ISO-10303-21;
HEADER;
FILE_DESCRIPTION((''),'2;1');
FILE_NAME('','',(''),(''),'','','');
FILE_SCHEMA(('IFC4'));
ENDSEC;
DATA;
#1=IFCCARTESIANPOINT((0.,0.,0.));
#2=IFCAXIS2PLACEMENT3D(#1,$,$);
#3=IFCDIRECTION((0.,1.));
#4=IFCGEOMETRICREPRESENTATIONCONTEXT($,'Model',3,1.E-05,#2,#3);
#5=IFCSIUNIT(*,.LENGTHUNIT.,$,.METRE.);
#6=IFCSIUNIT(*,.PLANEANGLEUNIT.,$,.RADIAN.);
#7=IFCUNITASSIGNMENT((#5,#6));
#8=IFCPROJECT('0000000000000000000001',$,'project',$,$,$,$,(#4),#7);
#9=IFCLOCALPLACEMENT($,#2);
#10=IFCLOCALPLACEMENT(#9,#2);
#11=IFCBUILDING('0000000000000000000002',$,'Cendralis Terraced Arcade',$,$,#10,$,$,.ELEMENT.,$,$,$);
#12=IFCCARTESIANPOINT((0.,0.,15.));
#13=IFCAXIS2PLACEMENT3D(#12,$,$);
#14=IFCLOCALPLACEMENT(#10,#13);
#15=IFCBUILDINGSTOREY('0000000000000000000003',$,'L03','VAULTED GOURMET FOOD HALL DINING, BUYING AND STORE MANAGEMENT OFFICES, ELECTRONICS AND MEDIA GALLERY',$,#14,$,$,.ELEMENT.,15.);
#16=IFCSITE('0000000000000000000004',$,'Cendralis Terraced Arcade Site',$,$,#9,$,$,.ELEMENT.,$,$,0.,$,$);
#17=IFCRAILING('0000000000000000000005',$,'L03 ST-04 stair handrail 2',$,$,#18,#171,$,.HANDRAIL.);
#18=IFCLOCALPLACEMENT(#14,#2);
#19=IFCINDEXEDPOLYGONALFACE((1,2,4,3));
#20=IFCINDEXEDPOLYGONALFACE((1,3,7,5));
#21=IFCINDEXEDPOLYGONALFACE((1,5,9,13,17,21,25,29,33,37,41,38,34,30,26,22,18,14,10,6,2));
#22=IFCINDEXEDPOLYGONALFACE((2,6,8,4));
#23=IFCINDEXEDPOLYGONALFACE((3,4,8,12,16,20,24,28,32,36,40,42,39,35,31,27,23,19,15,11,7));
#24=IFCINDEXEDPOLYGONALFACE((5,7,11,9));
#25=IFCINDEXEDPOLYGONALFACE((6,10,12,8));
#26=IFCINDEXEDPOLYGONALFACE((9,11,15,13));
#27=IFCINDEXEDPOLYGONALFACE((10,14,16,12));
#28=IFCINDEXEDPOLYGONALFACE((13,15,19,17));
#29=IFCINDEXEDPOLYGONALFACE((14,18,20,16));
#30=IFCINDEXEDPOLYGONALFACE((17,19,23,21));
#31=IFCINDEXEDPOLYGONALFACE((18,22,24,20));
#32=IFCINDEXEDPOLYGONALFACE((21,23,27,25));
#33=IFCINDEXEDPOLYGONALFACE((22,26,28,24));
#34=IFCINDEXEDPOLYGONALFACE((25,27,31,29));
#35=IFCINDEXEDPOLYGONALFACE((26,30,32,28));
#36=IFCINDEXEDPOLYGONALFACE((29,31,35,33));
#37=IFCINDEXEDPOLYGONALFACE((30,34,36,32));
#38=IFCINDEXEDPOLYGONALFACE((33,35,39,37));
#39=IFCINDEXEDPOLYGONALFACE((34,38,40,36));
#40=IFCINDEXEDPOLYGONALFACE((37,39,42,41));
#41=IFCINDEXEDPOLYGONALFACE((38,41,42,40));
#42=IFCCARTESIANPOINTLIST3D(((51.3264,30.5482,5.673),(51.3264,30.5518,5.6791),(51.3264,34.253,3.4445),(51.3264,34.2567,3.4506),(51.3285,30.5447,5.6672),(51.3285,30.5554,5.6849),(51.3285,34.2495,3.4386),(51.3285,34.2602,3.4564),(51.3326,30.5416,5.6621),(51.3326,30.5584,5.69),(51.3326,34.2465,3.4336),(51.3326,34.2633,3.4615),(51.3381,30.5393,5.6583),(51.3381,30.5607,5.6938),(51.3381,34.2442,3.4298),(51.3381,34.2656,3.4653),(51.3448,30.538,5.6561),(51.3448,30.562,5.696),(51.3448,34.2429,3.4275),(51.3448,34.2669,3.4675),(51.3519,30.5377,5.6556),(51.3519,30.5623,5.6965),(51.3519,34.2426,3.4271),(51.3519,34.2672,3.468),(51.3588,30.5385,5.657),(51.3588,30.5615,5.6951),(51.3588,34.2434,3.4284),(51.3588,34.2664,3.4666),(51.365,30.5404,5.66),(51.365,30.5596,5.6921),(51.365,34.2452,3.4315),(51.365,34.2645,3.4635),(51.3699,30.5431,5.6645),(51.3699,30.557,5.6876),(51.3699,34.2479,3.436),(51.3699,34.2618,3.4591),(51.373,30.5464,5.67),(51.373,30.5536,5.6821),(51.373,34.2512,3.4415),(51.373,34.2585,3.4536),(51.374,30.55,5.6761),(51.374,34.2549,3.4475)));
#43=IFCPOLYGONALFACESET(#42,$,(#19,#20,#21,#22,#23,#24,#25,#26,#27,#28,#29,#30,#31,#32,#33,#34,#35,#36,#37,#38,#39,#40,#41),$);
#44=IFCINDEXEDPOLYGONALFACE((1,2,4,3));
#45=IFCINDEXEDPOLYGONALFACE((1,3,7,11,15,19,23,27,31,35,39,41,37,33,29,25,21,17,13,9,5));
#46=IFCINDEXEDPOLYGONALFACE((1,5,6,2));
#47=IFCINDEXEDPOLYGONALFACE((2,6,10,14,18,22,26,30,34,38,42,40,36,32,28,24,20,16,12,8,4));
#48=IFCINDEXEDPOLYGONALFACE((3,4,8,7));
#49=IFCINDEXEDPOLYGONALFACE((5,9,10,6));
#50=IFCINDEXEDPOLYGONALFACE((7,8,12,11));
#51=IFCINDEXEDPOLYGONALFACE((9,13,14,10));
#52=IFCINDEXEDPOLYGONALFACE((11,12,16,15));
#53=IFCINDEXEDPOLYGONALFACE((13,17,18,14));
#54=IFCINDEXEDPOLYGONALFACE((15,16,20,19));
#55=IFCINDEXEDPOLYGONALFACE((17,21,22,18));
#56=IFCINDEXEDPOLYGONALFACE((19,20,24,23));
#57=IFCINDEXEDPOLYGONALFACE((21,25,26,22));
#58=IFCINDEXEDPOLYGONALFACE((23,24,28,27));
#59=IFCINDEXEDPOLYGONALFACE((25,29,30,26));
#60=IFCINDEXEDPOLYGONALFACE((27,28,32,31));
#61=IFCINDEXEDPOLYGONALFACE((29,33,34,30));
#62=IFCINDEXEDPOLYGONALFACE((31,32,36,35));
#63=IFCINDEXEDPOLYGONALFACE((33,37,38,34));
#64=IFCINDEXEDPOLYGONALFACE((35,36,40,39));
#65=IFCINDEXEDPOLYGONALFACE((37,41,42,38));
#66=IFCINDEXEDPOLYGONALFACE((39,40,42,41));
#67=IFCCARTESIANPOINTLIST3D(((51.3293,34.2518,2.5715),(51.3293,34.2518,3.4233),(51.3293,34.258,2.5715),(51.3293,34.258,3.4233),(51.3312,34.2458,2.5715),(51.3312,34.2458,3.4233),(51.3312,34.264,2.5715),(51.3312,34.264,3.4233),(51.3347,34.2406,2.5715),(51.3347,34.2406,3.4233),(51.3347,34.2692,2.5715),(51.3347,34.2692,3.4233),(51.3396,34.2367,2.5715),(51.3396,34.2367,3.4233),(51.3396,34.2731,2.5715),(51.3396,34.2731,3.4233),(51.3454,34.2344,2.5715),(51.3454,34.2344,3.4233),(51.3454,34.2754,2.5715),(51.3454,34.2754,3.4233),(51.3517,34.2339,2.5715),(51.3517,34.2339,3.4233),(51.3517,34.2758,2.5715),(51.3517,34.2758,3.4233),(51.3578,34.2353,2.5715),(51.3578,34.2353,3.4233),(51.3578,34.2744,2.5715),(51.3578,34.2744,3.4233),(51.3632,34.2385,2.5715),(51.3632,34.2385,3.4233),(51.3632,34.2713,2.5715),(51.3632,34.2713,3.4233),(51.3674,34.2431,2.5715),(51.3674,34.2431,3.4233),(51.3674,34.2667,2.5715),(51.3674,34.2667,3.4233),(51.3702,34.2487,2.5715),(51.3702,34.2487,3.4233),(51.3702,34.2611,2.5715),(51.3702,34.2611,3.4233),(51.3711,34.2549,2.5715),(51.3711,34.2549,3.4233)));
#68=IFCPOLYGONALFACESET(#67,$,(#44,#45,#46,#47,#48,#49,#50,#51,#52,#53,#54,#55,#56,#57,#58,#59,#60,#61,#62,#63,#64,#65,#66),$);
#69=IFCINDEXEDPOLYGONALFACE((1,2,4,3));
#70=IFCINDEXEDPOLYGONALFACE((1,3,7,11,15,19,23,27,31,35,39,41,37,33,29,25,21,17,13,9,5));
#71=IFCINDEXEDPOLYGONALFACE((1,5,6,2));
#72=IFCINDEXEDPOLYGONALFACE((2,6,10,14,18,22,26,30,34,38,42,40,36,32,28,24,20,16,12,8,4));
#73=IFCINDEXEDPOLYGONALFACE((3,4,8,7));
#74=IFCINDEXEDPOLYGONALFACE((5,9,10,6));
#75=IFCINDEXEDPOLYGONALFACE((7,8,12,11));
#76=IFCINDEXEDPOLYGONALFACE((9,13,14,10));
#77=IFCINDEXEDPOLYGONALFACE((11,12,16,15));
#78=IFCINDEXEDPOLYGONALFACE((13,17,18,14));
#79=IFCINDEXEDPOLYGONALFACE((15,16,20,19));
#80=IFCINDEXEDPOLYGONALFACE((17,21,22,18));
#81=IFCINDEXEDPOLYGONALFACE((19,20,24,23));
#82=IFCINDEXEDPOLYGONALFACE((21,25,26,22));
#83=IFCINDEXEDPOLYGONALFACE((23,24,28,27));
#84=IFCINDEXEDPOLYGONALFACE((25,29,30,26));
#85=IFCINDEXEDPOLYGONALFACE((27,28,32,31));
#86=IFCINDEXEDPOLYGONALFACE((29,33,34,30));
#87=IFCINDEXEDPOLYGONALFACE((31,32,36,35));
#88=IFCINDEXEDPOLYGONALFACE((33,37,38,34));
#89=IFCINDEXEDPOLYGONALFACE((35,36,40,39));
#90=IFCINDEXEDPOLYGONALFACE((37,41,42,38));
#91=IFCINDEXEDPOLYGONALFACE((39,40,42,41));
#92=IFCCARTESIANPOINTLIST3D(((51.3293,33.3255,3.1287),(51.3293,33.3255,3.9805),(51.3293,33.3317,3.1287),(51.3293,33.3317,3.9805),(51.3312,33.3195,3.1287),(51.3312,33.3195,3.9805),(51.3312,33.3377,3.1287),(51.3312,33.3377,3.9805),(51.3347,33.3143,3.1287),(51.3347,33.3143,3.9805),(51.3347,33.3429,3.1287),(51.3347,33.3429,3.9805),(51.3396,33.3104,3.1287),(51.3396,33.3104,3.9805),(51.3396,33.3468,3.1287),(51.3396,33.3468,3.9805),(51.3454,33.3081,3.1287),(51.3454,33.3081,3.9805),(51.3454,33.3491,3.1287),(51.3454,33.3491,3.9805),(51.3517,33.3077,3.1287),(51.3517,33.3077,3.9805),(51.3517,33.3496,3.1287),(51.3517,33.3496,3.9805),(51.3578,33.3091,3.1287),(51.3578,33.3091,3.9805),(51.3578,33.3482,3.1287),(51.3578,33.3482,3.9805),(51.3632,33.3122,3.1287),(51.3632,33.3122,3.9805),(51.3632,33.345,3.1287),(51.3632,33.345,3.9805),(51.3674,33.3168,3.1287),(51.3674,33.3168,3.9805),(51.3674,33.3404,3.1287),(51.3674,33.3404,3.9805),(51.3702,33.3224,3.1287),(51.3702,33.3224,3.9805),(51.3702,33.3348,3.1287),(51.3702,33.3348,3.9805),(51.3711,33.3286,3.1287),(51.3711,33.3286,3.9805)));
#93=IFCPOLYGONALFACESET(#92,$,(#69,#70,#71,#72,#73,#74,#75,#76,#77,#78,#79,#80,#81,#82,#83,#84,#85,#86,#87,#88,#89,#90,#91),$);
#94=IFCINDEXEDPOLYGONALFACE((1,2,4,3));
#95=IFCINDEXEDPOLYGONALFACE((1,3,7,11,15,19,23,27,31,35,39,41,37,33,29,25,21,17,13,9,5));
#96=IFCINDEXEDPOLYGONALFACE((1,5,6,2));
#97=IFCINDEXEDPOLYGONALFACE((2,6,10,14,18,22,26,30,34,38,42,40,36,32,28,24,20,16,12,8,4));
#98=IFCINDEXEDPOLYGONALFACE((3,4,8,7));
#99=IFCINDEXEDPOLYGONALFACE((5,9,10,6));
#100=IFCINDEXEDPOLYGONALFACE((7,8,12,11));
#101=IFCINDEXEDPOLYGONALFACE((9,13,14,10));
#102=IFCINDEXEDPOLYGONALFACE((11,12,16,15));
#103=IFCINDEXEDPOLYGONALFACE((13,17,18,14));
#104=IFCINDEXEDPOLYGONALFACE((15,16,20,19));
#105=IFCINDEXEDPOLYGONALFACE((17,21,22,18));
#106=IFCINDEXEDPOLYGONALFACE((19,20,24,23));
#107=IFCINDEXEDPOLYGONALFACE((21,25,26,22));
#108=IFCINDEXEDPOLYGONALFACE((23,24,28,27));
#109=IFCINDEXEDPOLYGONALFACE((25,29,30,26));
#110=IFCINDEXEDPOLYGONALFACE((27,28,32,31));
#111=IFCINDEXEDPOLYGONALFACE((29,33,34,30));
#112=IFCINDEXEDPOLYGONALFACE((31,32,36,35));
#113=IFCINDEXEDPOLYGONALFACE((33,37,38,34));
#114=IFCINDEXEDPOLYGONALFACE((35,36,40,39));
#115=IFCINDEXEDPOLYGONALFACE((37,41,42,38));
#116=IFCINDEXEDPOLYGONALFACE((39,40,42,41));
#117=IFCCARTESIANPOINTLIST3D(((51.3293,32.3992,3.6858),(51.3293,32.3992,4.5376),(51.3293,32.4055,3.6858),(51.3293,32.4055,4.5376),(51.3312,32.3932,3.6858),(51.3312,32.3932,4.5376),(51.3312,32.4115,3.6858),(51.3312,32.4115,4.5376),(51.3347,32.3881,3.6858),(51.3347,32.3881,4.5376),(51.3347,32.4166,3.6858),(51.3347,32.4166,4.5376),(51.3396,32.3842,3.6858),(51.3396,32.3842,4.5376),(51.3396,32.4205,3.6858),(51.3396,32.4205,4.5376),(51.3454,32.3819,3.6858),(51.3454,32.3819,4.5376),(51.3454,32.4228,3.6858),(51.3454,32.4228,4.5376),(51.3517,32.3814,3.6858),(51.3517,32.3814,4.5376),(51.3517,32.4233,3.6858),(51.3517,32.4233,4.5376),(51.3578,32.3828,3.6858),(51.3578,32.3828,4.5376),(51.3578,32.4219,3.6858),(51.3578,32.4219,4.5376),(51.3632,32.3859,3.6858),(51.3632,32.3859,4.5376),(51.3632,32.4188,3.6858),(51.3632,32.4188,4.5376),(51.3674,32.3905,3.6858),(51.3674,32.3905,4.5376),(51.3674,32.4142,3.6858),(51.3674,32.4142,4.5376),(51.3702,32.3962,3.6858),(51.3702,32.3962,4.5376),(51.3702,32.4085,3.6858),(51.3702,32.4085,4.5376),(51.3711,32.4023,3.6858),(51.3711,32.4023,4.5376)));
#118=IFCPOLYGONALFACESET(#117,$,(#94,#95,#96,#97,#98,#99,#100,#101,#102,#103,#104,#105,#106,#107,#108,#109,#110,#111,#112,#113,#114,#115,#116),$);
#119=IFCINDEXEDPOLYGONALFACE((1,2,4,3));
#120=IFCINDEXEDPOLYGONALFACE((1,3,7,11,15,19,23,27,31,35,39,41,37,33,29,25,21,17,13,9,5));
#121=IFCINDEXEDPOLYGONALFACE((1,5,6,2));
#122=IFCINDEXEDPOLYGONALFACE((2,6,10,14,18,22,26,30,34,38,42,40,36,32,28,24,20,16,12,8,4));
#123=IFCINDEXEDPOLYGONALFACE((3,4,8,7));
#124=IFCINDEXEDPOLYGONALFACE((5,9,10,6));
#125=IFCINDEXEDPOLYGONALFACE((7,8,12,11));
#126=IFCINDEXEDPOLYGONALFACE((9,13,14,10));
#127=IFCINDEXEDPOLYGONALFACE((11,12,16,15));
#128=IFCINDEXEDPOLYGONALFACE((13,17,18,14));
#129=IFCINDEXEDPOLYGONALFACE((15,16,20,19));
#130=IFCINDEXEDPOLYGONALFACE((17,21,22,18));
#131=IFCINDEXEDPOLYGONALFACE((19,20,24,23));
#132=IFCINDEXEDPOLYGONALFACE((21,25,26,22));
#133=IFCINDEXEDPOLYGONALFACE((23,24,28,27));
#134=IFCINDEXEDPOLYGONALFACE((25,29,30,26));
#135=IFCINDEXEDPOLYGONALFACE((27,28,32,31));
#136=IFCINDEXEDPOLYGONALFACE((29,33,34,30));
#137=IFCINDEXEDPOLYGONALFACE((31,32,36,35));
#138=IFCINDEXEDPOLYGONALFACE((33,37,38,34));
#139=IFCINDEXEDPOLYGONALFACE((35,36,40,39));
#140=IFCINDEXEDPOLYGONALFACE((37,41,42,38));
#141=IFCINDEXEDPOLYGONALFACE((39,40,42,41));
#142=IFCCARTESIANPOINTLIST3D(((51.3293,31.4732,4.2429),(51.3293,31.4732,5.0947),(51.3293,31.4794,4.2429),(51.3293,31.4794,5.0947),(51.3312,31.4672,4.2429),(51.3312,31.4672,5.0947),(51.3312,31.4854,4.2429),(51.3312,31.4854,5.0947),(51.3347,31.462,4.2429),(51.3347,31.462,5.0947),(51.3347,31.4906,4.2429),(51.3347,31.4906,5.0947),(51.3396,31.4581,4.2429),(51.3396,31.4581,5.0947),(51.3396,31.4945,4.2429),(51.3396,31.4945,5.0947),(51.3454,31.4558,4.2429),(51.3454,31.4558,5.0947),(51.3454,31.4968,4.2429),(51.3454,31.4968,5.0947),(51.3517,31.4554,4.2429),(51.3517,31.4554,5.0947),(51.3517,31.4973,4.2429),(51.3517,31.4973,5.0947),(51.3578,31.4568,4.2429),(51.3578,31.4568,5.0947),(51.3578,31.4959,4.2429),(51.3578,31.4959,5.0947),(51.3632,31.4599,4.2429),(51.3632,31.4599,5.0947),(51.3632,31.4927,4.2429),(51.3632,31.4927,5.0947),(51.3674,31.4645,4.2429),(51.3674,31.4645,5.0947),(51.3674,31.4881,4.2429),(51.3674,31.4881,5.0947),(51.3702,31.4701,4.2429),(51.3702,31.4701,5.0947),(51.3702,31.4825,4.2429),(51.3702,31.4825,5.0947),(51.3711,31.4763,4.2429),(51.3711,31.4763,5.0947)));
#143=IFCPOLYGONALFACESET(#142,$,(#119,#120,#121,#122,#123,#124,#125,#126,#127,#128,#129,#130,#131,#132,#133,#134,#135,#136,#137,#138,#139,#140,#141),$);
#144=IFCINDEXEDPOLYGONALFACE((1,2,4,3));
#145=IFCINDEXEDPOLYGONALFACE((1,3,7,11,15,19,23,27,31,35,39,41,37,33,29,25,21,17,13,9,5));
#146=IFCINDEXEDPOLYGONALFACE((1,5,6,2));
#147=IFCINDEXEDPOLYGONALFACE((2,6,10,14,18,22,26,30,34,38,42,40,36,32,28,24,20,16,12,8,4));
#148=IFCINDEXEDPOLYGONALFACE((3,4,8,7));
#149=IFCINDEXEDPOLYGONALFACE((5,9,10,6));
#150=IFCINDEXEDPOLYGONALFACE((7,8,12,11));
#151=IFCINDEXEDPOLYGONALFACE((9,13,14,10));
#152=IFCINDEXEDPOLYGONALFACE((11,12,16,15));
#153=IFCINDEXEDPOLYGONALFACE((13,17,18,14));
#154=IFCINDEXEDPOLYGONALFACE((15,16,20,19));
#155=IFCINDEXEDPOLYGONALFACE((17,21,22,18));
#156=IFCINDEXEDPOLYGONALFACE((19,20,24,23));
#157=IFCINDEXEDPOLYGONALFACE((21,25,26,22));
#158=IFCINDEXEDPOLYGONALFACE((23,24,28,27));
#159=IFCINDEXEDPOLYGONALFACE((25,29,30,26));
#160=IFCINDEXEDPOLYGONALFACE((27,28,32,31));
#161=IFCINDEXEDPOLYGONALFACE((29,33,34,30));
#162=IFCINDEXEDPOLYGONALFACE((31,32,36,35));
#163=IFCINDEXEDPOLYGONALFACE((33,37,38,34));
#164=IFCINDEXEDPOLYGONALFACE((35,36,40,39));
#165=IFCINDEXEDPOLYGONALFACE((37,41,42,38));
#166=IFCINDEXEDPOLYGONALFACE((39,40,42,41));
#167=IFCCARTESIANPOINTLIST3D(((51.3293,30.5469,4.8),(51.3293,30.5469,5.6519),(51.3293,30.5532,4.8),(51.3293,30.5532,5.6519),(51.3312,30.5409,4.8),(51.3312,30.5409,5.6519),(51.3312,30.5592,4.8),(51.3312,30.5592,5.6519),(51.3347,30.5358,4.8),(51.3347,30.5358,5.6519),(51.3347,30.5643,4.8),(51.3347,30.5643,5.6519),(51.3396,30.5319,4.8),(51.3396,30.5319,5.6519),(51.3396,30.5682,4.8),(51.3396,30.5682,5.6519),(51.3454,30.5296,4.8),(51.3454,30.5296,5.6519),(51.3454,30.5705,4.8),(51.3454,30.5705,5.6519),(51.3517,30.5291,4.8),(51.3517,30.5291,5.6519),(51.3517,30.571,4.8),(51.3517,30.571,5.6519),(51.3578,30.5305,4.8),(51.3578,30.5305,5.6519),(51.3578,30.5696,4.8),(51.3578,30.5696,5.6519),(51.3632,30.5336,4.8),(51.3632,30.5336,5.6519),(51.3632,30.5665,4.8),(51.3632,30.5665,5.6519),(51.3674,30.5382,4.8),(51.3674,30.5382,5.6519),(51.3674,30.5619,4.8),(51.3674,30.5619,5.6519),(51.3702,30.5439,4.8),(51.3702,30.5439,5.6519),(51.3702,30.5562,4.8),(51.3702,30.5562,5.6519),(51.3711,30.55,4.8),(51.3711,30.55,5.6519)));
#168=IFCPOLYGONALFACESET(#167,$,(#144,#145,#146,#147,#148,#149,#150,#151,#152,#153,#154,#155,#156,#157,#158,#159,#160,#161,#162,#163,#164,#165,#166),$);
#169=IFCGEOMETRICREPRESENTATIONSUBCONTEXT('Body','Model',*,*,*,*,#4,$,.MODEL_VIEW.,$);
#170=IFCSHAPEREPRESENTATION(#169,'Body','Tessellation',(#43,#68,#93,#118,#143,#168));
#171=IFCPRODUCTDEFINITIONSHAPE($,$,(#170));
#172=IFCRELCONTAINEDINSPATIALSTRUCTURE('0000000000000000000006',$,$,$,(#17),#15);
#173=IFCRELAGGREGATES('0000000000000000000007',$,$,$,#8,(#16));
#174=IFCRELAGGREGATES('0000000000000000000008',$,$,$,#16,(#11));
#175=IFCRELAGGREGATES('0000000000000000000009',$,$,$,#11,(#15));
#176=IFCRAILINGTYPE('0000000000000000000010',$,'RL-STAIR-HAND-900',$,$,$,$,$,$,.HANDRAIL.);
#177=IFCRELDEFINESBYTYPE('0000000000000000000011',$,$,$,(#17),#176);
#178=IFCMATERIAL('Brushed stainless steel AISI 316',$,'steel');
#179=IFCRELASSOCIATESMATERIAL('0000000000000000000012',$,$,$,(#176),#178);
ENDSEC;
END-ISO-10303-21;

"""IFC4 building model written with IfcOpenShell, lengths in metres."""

from ifc_helpers import new_model, si_unit, direction, frame, origin, origin_2d, place, context, subcontext, project, spatial, circle, extrude, material, type_object, element, save


model = new_model("IFC4")

# Units and contexts
model_context = context("Model", 3, precision=1e-05, world=origin(), true_north=direction((0.0, 1.0)))
body_context = subcontext(model_context, "Body", "Model", "MODEL_VIEW")
ifc_project = project(units=[si_unit("LENGTHUNIT", "METRE"), si_unit("PLANEANGLEUNIT", "RADIAN")], contexts=[model_context])

# Site, building, storey
site_placement = place(None, origin())
site = spatial("IfcSite", under=ifc_project, at=site_placement, Name="Cendralis Terraced Arcade Site", CompositionType="ELEMENT", RefElevation=0.0)
building_placement = place(site_placement, origin())
building = spatial("IfcBuilding", under=site, at=building_placement, Name="Cendralis Terraced Arcade", CompositionType="ELEMENT")
storey_placement = place(building_placement, frame((0.0, 0.0, 15.0)))
storey = spatial("IfcBuildingStorey", under=building, at=storey_placement, Name="L03", Description="VAULTED GOURMET FOOD HALL DINING, BUYING AND STORE MANAGEMENT OFFICES, ELECTRONICS AND MEDIA GALLERY", CompositionType="ELEMENT", Elevation=15.0)

# Railing
ifc_material_1 = material(Name="Brushed stainless steel AISI 316", Category="steel")
railing_type_1 = type_object("IfcRailingType", Name="RL-STAIR-HAND-900", PredefinedType="HANDRAIL", material=ifc_material_1)
railing_1_placement = place(storey_placement, frame((51.3501, 34.2549, 2.5715)))
element("IfcRailing", 1, at=railing_1_placement, inside=storey, type_object=railing_type_1, Name="L03 ST-04 stair handrail 2", PredefinedType="HANDRAIL", context=body_context, shape_type="SweptSolid", body=[
    extrude(circle(Radius=0.0239, at=origin_2d()), frame((0.0, 0.0, 0.876), z_axis=(0.0, -0.856919, 0.51545), x_axis=(1.0, 0.0, 0.0)), (0.0, 0.0, 1.0), 4.3235),
    extrude(circle(Radius=0.021, at=origin_2d()), origin(), (0.0, 0.0, 1.0), 0.8518),
    extrude(circle(Radius=0.021, at=origin_2d()), frame((0.0, -0.9263, 0.5571)), (0.0, 0.0, 1.0), 0.8518),
    extrude(circle(Radius=0.021, at=origin_2d()), frame((0.0, -1.8525, 1.1143)), (0.0, 0.0, 1.0), 0.8518),
    extrude(circle(Radius=0.021, at=origin_2d()), frame((0.0, -2.7786, 1.6714)), (0.0, 0.0, 1.0), 0.8518),
    extrude(circle(Radius=0.021, at=origin_2d()), frame((0.0, -3.7048, 2.2285)), (0.0, 0.0, 1.0), 0.8518),
])

save(model, "model.ifc")
